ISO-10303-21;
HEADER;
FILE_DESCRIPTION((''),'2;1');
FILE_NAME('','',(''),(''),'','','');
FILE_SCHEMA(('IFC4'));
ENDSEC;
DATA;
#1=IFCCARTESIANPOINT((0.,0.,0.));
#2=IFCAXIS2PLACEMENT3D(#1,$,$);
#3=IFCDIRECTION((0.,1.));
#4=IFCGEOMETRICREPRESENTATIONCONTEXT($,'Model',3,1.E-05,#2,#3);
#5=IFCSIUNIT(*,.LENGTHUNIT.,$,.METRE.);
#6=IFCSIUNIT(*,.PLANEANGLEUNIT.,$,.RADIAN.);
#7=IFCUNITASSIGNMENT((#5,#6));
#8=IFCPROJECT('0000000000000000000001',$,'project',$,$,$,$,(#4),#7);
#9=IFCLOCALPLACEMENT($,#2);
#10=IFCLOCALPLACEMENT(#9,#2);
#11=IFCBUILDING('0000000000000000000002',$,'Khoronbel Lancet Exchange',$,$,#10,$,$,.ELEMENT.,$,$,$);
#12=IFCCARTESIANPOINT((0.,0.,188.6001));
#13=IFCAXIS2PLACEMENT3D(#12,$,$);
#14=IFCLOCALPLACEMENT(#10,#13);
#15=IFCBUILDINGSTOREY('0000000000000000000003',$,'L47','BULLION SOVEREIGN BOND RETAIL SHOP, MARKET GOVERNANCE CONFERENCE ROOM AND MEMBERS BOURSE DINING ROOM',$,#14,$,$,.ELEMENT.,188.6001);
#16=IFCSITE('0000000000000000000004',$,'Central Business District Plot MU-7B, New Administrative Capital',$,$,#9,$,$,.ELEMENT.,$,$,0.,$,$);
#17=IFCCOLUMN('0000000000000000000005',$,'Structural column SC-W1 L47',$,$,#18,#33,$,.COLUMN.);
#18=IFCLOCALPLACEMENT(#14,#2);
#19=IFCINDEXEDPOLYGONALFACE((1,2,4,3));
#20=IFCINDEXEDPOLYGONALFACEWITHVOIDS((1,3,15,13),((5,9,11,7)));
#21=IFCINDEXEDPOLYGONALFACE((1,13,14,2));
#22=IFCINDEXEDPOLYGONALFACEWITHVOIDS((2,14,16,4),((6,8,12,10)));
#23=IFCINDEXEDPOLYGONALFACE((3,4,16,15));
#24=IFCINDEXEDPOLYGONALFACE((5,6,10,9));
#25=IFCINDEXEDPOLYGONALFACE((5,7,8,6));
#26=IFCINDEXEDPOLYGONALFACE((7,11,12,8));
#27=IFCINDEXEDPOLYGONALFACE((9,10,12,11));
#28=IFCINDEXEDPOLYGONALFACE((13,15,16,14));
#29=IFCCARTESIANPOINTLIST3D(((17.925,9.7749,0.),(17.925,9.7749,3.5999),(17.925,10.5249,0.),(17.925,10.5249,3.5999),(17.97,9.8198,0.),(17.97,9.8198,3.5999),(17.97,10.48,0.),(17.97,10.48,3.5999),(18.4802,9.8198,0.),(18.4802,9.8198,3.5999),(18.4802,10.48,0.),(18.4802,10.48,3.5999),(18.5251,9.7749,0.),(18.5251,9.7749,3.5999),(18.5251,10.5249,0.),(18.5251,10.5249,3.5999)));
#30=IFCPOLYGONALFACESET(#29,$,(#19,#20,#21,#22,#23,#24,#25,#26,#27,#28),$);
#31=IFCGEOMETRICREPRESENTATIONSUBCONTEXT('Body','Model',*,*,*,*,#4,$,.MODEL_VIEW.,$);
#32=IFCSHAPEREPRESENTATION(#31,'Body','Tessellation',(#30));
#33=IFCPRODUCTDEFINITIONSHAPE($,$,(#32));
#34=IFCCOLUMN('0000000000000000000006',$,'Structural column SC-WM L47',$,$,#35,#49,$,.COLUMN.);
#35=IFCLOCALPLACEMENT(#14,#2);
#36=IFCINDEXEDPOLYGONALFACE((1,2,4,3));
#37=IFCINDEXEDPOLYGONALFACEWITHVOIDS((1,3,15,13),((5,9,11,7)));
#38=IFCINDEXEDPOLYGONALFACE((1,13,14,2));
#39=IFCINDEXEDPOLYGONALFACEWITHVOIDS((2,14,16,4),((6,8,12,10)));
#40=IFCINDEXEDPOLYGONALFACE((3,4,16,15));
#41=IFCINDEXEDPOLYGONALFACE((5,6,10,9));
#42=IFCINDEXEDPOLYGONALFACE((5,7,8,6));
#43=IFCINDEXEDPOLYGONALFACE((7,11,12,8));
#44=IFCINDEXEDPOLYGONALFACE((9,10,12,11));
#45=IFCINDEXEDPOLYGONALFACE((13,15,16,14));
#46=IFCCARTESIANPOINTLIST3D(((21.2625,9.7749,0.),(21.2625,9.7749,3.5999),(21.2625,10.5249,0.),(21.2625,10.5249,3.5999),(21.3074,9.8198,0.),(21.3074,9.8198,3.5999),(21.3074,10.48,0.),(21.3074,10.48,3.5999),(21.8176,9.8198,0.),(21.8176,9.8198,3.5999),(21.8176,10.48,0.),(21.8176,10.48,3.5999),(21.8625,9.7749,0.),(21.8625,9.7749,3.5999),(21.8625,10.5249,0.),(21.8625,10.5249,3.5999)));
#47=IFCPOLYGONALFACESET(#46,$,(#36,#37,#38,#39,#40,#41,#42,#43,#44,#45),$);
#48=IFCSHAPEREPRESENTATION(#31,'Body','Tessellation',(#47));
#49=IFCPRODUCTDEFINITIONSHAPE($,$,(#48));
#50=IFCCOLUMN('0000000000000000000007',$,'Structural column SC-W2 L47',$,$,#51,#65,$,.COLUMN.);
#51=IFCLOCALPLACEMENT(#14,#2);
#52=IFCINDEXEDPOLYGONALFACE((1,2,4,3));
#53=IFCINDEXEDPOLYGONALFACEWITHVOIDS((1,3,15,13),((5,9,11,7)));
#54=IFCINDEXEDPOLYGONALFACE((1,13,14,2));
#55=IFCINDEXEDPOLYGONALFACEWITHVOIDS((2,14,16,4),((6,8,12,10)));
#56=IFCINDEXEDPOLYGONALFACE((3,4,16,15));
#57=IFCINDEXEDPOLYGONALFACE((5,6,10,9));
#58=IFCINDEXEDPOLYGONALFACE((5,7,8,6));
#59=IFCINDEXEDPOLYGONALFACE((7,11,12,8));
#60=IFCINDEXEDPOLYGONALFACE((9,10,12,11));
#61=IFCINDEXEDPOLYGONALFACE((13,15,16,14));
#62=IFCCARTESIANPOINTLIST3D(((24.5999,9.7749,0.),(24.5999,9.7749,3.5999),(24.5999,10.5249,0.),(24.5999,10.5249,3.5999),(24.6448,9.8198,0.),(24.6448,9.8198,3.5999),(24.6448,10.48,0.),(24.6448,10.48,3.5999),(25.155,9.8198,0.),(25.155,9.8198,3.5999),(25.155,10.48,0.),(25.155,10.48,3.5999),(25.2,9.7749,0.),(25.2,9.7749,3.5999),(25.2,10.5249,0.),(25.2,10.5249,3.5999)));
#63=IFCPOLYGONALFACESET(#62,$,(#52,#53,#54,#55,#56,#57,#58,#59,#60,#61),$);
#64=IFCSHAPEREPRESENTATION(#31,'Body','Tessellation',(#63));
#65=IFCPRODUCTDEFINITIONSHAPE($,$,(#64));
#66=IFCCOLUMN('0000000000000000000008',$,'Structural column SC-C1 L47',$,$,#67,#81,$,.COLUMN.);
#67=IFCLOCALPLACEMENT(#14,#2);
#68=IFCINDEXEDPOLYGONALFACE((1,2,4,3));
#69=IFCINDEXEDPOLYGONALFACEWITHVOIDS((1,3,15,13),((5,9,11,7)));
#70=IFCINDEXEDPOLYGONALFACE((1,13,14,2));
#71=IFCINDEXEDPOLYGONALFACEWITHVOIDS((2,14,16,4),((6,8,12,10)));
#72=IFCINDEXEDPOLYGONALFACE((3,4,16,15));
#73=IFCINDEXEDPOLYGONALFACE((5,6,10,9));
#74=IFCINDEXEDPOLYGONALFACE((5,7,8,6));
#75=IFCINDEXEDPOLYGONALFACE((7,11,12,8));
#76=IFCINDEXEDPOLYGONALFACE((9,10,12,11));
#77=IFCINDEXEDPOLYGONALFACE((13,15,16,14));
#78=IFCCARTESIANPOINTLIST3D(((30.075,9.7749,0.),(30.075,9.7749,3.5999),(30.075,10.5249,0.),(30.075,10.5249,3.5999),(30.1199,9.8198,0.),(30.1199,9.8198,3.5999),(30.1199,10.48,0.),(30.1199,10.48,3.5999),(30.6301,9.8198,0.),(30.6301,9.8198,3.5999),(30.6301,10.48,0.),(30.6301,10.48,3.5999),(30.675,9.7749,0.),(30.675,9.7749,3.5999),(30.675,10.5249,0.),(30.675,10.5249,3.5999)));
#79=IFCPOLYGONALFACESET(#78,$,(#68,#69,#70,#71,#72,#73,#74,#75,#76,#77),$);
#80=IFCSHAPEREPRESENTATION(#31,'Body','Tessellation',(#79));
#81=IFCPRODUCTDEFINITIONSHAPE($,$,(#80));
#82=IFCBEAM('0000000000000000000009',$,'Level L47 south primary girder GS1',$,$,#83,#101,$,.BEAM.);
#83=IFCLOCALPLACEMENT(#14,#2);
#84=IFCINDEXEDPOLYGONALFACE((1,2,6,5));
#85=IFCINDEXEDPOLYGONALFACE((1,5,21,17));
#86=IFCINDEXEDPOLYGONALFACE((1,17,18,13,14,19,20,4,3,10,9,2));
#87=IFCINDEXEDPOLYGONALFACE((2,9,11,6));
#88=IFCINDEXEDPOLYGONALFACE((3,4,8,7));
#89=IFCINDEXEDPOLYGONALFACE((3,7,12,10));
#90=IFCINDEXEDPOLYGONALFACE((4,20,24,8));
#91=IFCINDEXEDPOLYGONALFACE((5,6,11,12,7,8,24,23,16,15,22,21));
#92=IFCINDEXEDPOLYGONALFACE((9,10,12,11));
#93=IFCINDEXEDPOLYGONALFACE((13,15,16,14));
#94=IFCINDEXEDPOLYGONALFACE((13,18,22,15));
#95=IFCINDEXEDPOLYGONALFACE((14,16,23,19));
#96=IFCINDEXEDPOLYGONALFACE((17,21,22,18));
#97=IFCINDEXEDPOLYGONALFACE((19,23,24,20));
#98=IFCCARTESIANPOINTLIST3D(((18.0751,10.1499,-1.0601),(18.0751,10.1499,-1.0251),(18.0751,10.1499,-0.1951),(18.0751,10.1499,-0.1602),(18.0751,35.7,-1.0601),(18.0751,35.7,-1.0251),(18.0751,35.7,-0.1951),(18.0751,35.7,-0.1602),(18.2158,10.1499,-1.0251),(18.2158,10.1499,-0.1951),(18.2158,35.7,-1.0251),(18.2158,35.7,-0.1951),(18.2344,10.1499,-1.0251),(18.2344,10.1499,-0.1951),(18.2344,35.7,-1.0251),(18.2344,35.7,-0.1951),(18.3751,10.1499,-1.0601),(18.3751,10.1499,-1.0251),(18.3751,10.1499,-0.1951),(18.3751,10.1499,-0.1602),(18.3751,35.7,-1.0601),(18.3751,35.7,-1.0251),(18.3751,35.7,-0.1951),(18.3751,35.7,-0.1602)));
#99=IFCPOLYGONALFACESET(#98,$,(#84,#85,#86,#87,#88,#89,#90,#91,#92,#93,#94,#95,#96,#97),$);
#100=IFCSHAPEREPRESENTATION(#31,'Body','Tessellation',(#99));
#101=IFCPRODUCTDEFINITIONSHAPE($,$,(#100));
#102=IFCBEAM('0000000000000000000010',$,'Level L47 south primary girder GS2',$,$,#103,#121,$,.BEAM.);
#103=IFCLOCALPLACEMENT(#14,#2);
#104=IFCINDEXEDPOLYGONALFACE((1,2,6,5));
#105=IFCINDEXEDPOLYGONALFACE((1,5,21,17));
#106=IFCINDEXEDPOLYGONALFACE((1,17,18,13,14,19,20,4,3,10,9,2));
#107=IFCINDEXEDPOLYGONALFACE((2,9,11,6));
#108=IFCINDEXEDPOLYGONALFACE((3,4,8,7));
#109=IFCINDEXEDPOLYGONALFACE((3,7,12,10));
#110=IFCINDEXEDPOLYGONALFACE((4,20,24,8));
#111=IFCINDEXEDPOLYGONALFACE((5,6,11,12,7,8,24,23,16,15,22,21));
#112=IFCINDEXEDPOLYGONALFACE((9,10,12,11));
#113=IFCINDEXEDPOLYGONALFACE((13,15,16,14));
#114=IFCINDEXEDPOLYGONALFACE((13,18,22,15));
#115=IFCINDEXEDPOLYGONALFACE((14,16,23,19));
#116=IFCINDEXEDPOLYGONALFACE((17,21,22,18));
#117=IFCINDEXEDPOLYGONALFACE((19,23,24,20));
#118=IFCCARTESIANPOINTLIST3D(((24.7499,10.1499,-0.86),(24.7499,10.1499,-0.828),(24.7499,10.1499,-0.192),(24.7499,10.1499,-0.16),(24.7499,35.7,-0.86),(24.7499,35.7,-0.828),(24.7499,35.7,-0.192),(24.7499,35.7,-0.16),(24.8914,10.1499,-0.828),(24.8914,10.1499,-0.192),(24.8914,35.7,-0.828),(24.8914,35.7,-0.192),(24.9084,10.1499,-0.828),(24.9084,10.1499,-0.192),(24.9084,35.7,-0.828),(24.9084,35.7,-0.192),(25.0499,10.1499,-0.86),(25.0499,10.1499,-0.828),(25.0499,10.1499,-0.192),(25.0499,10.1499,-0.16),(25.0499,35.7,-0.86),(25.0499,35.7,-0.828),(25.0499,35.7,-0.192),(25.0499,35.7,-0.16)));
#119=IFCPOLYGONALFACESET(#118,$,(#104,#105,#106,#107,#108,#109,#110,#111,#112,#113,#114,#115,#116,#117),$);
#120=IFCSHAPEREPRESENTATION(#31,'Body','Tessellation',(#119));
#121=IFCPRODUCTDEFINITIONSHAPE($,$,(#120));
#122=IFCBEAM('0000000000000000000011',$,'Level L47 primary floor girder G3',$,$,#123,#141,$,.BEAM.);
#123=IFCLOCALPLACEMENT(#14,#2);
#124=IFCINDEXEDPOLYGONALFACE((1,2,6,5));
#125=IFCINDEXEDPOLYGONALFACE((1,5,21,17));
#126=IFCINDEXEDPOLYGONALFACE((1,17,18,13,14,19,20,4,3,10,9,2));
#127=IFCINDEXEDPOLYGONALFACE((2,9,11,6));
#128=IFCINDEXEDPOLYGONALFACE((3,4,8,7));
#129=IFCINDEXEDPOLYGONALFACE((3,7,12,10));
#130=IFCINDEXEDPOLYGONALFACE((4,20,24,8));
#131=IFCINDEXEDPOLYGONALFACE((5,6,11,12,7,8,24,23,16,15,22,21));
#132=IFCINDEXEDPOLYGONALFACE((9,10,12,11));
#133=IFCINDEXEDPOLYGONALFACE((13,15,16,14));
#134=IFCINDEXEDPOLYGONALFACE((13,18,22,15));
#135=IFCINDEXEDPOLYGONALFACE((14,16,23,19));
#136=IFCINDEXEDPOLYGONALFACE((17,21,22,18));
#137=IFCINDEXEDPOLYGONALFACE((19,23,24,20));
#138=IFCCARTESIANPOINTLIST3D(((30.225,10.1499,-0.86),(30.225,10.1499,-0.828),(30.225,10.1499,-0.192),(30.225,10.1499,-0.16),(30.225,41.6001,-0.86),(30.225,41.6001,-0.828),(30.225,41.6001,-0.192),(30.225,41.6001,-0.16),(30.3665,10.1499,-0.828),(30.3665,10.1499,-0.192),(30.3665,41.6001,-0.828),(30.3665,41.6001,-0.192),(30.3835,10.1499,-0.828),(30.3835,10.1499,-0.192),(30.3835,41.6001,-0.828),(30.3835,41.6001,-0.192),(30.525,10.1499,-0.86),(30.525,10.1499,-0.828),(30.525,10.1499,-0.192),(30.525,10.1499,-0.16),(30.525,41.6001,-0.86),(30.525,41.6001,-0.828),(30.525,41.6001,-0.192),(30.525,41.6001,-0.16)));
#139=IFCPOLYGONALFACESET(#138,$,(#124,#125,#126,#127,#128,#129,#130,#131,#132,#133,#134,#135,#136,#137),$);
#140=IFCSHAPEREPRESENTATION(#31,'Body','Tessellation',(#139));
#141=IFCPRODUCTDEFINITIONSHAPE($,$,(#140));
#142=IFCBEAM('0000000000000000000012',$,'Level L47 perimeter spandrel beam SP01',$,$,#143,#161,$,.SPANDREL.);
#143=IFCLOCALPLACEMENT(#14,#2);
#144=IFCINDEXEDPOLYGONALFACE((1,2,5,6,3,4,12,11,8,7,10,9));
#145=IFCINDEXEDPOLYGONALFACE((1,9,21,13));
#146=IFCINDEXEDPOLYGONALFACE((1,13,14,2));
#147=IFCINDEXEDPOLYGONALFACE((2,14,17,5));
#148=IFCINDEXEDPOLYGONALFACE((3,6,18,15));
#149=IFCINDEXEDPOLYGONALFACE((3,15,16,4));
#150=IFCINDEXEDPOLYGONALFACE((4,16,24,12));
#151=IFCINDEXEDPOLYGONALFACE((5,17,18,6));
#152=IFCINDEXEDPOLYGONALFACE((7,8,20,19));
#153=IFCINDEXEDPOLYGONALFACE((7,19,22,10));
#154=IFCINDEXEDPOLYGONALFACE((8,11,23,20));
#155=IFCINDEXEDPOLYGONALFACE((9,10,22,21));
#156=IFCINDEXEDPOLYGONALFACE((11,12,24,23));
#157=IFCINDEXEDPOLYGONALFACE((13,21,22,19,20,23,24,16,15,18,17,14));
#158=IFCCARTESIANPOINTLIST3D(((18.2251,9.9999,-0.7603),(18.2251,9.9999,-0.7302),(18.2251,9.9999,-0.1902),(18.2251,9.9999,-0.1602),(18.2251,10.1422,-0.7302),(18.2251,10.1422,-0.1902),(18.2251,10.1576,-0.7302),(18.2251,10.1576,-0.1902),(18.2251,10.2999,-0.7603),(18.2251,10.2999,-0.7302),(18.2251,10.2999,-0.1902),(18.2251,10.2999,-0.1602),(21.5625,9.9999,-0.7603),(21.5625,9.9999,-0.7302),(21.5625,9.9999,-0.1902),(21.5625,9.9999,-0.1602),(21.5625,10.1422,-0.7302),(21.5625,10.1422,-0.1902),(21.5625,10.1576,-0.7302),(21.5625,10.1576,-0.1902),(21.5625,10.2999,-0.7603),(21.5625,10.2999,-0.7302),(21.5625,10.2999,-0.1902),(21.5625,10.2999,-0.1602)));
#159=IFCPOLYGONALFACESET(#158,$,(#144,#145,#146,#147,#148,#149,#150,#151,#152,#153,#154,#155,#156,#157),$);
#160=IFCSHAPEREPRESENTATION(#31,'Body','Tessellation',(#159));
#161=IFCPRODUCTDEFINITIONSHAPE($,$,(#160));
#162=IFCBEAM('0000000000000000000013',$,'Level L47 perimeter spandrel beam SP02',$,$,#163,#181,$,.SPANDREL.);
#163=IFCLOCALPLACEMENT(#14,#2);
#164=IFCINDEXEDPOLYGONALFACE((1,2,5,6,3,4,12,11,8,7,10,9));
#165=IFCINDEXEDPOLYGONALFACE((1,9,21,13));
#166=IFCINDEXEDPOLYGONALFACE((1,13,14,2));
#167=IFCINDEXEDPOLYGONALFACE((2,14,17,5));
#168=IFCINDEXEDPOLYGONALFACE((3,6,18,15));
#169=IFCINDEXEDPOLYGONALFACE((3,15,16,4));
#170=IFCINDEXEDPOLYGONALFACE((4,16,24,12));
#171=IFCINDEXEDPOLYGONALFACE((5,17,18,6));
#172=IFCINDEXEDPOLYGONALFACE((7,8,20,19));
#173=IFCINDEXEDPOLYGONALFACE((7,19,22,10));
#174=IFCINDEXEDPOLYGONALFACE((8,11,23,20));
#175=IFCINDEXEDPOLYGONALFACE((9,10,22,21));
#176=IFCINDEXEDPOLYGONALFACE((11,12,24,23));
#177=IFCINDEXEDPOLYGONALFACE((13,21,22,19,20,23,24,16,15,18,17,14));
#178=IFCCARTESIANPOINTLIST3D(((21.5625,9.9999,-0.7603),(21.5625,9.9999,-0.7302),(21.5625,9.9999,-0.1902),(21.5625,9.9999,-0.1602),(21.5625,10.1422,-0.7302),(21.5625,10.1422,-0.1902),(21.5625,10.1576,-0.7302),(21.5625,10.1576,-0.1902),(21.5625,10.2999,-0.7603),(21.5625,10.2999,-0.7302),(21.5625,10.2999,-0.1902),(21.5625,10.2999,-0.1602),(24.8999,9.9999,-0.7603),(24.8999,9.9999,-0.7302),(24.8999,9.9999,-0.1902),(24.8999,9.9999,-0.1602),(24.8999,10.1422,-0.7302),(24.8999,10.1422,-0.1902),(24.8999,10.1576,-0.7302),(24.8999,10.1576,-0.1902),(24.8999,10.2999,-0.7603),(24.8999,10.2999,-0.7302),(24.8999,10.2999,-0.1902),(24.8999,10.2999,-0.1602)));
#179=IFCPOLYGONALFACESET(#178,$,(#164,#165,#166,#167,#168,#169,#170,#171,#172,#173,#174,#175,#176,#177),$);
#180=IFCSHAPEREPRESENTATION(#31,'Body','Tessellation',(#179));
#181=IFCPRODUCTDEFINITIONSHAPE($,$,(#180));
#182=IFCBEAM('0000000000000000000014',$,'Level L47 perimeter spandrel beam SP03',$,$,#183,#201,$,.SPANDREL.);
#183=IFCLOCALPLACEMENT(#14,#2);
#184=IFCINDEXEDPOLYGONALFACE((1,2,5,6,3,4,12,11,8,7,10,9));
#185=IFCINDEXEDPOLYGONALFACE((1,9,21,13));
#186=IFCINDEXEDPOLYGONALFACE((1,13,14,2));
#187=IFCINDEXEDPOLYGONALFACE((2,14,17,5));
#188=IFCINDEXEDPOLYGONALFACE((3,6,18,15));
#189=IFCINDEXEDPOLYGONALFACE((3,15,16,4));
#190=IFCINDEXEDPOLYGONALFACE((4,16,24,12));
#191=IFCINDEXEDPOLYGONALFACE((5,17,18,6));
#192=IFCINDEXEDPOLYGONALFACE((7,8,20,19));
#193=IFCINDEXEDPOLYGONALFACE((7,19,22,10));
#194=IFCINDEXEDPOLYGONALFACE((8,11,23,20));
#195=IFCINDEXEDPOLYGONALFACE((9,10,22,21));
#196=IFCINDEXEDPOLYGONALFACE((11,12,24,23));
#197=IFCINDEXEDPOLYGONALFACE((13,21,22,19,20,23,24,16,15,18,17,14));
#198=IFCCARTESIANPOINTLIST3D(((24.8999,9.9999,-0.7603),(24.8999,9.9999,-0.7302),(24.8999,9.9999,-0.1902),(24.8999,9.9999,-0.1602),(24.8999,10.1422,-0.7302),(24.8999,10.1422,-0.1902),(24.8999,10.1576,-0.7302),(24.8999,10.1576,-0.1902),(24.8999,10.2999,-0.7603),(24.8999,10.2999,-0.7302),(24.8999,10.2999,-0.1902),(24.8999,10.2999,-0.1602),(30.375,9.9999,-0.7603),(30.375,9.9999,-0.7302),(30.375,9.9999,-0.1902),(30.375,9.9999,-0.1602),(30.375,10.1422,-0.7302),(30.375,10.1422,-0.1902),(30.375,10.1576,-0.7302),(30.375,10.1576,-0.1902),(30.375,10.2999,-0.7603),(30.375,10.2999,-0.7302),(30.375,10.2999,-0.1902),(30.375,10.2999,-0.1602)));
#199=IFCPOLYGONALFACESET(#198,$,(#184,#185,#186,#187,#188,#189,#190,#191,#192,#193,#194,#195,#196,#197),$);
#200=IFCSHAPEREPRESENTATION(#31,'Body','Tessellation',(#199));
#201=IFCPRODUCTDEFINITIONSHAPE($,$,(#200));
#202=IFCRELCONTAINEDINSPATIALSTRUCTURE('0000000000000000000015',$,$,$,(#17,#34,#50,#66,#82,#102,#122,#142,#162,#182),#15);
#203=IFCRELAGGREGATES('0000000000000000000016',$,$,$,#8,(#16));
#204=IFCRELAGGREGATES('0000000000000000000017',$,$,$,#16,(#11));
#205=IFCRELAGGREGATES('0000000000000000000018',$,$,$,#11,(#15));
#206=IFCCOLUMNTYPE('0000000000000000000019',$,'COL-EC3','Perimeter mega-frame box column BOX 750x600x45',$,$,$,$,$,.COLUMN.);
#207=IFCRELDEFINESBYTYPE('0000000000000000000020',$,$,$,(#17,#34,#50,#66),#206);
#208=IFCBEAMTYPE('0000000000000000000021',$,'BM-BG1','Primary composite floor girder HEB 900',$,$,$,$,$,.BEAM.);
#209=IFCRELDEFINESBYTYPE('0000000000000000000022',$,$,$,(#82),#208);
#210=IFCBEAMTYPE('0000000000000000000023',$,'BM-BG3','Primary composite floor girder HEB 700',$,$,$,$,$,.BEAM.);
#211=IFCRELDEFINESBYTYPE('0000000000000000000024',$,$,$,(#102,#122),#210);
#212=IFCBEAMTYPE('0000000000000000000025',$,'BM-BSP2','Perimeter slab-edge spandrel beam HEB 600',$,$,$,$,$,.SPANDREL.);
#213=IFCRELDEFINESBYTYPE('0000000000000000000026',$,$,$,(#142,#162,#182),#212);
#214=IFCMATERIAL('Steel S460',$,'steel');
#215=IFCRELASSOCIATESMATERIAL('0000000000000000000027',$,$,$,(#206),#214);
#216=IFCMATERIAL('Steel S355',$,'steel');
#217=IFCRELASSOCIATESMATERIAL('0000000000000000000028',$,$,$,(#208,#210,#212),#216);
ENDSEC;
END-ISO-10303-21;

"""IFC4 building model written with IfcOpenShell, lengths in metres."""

from ifc_helpers import new_model, si_unit, direction, frame, origin, origin_2d, place, context, subcontext, project, spatial, hollow_rectangle, i_section, extrude, material, material_profile, profile_set, type_object, element, save


model = new_model("IFC4")

# Units and contexts
model_context = context("Model", 3, precision=1e-05, world=origin(), true_north=direction((0.0, 1.0)))
body_context = subcontext(model_context, "Body", "Model", "MODEL_VIEW")
ifc_project = project(units=[si_unit("LENGTHUNIT", "METRE"), si_unit("PLANEANGLEUNIT", "RADIAN")], contexts=[model_context])

# Site, building, storey
site_placement = place(None, origin())
site = spatial("IfcSite", under=ifc_project, at=site_placement, Name="Central Business District Plot MU-7B, New Administrative Capital", CompositionType="ELEMENT", RefElevation=0.0)
building_placement = place(site_placement, origin())
building = spatial("IfcBuilding", under=site, at=building_placement, Name="Khoronbel Lancet Exchange", CompositionType="ELEMENT")
storey_placement = place(building_placement, frame((0.0, 0.0, 188.6001)))
storey = spatial("IfcBuildingStorey", under=building, at=storey_placement, Name="L47", Description="BULLION SOVEREIGN BOND RETAIL SHOP, MARKET GOVERNANCE CONFERENCE ROOM AND MEMBERS BOURSE DINING ROOM", CompositionType="ELEMENT", Elevation=188.6001)

# Columns
ifc_material_1 = material(Name="Steel S460", Category="steel")
ifc_material_profile_1 = material_profile(ifc_material_1, hollow_rectangle(XDim=0.6001, YDim=0.75, WallThickness=0.0449, at=origin_2d()), Name="BOX 750x600x45")
ifc_profile_set_1 = profile_set([ifc_material_profile_1], Name="Steel S460")
column_type = type_object("IfcColumnType", Name="COL-EC3", Description="Perimeter mega-frame box column BOX 750x600x45", PredefinedType="COLUMN", material=ifc_profile_set_1)
for number, where, z_axis, x_axis, name in (
    (1, (18.2251, 10.1499, 0.0), (0.0, 0.0, 1.0), (1.0, 0.0, 0.0), "Structural column SC-W1 L47"),
    (2, (21.5625, 10.1499, 0.0), (0.0, 0.0, 1.0), (1.0, 0.0, 0.0), "Structural column SC-WM L47"),
    (3, (24.8999, 10.1499, 0.0), (0.0, 0.0, 1.0), (1.0, 0.0, 0.0), "Structural column SC-W2 L47"),
    (4, (30.375, 10.1499, 0.0), (0.0, 0.0, 1.0), (1.0, 0.0, 0.0), "Structural column SC-C1 L47"),
):
    element("IfcColumn", number, at=place(storey_placement, frame(where, z_axis=z_axis, x_axis=x_axis)), inside=storey, type_object=column_type, Name=name, PredefinedType="COLUMN", context=body_context, shape_type="SweptSolid", body=[
        extrude(hollow_rectangle(XDim=0.6001, YDim=0.75, WallThickness=0.0449, at=origin_2d()), origin(), (0.0, 0.0, 1.0), 3.5999),
    ])

# Beams
ifc_material_2 = material(Name="Steel S355", Category="steel")
ifc_material_profile_2 = material_profile(ifc_material_2, i_section(OverallWidth=0.3, OverallDepth=0.8999, WebThickness=0.0186, FlangeThickness=0.0349, at=origin_2d()), Name="HEB 900")
ifc_profile_set_2 = profile_set([ifc_material_profile_2], Name="Steel S355")
beam_type_1 = type_object("IfcBeamType", Name="BM-BG1", Description="Primary composite floor girder HEB 900", PredefinedType="BEAM", material=ifc_profile_set_2)
beam_1_placement = place(storey_placement, frame((18.2251, 10.1499, -0.6101), z_axis=(0.0, 1.0, 0.0), x_axis=(-1.0, 0.0, 0.0)))
element("IfcBeam", 5, at=beam_1_placement, inside=storey, type_object=beam_type_1, Name="Level L47 south primary girder GS1", PredefinedType="BEAM", context=body_context, shape_type="SweptSolid", body=[
    extrude(i_section(OverallWidth=0.3, OverallDepth=0.8999, WebThickness=0.0186, FlangeThickness=0.0349, at=origin_2d()), origin(), (0.0, 0.0, 1.0), 25.55),
])
ifc_material_profile_3 = material_profile(ifc_material_2, i_section(OverallWidth=0.3, OverallDepth=0.7, WebThickness=0.0171, FlangeThickness=0.032, at=origin_2d()), Name="HEB 700")
ifc_profile_set_3 = profile_set([ifc_material_profile_3], Name="Steel S355")
beam_type_2 = type_object("IfcBeamType", Name="BM-BG3", Description="Primary composite floor girder HEB 700", PredefinedType="BEAM", material=ifc_profile_set_3)
beam_2_placement = place(storey_placement, frame((24.8999, 10.1499, -0.51), z_axis=(0.0, 1.0, 0.0), x_axis=(-1.0, 0.0, 0.0)))
element("IfcBeam", 6, at=beam_2_placement, inside=storey, type_object=beam_type_2, Name="Level L47 south primary girder GS2", PredefinedType="BEAM", context=body_context, shape_type="SweptSolid", body=[
    extrude(i_section(OverallWidth=0.3, OverallDepth=0.7, WebThickness=0.0171, FlangeThickness=0.032, at=origin_2d()), origin(), (0.0, 0.0, 1.0), 25.55),
])
beam_3_placement = place(storey_placement, frame((30.375, 10.1499, -0.51), z_axis=(0.0, 1.0, 0.0), x_axis=(-1.0, 0.0, 0.0)))
element("IfcBeam", 7, at=beam_3_placement, inside=storey, type_object=beam_type_2, Name="Level L47 primary floor girder G3", PredefinedType="BEAM", context=body_context, shape_type="SweptSolid", body=[
    extrude(i_section(OverallWidth=0.3, OverallDepth=0.7, WebThickness=0.0171, FlangeThickness=0.032, at=origin_2d()), origin(), (0.0, 0.0, 1.0), 31.4502),
])
ifc_material_profile_4 = material_profile(ifc_material_2, i_section(OverallWidth=0.3, OverallDepth=0.6001, WebThickness=0.0154, FlangeThickness=0.03, at=origin_2d()), Name="HEB 600")
ifc_profile_set_4 = profile_set([ifc_material_profile_4], Name="Steel S355")
beam_type_3 = type_object("IfcBeamType", Name="BM-BSP2", Description="Perimeter slab-edge spandrel beam HEB 600", PredefinedType="SPANDREL", material=ifc_profile_set_4)
for number, where, z_axis, x_axis, name in (
    (8, (18.2251, 10.1499, -0.4602), (1.0, 0.0, 0.0), (0.0, 1.0, 0.0), "Level L47 perimeter spandrel beam SP01"),
    (9, (21.5625, 10.1499, -0.4602), (1.0, 0.0, 0.0), (0.0, 1.0, 0.0), "Level L47 perimeter spandrel beam SP02"),
):
    element("IfcBeam", number, at=place(storey_placement, frame(where, z_axis=z_axis, x_axis=x_axis)), inside=storey, type_object=beam_type_3, Name=name, PredefinedType="SPANDREL", context=body_context, shape_type="SweptSolid", body=[
        extrude(i_section(OverallWidth=0.3, OverallDepth=0.6001, WebThickness=0.0154, FlangeThickness=0.03, at=origin_2d()), origin(), (0.0, 0.0, 1.0), 3.3374),
    ])
beam_4_placement = place(storey_placement, frame((24.8999, 10.1499, -0.4602), z_axis=(1.0, 0.0, 0.0), x_axis=(0.0, 1.0, 0.0)))
element("IfcBeam", 10, at=beam_4_placement, inside=storey, type_object=beam_type_3, Name="Level L47 perimeter spandrel beam SP03", PredefinedType="SPANDREL", context=body_context, shape_type="SweptSolid", body=[
    extrude(i_section(OverallWidth=0.3, OverallDepth=0.6001, WebThickness=0.0154, FlangeThickness=0.03, at=origin_2d()), origin(), (0.0, 0.0, 1.0), 5.4751),
])

save(model, "model.ifc")
